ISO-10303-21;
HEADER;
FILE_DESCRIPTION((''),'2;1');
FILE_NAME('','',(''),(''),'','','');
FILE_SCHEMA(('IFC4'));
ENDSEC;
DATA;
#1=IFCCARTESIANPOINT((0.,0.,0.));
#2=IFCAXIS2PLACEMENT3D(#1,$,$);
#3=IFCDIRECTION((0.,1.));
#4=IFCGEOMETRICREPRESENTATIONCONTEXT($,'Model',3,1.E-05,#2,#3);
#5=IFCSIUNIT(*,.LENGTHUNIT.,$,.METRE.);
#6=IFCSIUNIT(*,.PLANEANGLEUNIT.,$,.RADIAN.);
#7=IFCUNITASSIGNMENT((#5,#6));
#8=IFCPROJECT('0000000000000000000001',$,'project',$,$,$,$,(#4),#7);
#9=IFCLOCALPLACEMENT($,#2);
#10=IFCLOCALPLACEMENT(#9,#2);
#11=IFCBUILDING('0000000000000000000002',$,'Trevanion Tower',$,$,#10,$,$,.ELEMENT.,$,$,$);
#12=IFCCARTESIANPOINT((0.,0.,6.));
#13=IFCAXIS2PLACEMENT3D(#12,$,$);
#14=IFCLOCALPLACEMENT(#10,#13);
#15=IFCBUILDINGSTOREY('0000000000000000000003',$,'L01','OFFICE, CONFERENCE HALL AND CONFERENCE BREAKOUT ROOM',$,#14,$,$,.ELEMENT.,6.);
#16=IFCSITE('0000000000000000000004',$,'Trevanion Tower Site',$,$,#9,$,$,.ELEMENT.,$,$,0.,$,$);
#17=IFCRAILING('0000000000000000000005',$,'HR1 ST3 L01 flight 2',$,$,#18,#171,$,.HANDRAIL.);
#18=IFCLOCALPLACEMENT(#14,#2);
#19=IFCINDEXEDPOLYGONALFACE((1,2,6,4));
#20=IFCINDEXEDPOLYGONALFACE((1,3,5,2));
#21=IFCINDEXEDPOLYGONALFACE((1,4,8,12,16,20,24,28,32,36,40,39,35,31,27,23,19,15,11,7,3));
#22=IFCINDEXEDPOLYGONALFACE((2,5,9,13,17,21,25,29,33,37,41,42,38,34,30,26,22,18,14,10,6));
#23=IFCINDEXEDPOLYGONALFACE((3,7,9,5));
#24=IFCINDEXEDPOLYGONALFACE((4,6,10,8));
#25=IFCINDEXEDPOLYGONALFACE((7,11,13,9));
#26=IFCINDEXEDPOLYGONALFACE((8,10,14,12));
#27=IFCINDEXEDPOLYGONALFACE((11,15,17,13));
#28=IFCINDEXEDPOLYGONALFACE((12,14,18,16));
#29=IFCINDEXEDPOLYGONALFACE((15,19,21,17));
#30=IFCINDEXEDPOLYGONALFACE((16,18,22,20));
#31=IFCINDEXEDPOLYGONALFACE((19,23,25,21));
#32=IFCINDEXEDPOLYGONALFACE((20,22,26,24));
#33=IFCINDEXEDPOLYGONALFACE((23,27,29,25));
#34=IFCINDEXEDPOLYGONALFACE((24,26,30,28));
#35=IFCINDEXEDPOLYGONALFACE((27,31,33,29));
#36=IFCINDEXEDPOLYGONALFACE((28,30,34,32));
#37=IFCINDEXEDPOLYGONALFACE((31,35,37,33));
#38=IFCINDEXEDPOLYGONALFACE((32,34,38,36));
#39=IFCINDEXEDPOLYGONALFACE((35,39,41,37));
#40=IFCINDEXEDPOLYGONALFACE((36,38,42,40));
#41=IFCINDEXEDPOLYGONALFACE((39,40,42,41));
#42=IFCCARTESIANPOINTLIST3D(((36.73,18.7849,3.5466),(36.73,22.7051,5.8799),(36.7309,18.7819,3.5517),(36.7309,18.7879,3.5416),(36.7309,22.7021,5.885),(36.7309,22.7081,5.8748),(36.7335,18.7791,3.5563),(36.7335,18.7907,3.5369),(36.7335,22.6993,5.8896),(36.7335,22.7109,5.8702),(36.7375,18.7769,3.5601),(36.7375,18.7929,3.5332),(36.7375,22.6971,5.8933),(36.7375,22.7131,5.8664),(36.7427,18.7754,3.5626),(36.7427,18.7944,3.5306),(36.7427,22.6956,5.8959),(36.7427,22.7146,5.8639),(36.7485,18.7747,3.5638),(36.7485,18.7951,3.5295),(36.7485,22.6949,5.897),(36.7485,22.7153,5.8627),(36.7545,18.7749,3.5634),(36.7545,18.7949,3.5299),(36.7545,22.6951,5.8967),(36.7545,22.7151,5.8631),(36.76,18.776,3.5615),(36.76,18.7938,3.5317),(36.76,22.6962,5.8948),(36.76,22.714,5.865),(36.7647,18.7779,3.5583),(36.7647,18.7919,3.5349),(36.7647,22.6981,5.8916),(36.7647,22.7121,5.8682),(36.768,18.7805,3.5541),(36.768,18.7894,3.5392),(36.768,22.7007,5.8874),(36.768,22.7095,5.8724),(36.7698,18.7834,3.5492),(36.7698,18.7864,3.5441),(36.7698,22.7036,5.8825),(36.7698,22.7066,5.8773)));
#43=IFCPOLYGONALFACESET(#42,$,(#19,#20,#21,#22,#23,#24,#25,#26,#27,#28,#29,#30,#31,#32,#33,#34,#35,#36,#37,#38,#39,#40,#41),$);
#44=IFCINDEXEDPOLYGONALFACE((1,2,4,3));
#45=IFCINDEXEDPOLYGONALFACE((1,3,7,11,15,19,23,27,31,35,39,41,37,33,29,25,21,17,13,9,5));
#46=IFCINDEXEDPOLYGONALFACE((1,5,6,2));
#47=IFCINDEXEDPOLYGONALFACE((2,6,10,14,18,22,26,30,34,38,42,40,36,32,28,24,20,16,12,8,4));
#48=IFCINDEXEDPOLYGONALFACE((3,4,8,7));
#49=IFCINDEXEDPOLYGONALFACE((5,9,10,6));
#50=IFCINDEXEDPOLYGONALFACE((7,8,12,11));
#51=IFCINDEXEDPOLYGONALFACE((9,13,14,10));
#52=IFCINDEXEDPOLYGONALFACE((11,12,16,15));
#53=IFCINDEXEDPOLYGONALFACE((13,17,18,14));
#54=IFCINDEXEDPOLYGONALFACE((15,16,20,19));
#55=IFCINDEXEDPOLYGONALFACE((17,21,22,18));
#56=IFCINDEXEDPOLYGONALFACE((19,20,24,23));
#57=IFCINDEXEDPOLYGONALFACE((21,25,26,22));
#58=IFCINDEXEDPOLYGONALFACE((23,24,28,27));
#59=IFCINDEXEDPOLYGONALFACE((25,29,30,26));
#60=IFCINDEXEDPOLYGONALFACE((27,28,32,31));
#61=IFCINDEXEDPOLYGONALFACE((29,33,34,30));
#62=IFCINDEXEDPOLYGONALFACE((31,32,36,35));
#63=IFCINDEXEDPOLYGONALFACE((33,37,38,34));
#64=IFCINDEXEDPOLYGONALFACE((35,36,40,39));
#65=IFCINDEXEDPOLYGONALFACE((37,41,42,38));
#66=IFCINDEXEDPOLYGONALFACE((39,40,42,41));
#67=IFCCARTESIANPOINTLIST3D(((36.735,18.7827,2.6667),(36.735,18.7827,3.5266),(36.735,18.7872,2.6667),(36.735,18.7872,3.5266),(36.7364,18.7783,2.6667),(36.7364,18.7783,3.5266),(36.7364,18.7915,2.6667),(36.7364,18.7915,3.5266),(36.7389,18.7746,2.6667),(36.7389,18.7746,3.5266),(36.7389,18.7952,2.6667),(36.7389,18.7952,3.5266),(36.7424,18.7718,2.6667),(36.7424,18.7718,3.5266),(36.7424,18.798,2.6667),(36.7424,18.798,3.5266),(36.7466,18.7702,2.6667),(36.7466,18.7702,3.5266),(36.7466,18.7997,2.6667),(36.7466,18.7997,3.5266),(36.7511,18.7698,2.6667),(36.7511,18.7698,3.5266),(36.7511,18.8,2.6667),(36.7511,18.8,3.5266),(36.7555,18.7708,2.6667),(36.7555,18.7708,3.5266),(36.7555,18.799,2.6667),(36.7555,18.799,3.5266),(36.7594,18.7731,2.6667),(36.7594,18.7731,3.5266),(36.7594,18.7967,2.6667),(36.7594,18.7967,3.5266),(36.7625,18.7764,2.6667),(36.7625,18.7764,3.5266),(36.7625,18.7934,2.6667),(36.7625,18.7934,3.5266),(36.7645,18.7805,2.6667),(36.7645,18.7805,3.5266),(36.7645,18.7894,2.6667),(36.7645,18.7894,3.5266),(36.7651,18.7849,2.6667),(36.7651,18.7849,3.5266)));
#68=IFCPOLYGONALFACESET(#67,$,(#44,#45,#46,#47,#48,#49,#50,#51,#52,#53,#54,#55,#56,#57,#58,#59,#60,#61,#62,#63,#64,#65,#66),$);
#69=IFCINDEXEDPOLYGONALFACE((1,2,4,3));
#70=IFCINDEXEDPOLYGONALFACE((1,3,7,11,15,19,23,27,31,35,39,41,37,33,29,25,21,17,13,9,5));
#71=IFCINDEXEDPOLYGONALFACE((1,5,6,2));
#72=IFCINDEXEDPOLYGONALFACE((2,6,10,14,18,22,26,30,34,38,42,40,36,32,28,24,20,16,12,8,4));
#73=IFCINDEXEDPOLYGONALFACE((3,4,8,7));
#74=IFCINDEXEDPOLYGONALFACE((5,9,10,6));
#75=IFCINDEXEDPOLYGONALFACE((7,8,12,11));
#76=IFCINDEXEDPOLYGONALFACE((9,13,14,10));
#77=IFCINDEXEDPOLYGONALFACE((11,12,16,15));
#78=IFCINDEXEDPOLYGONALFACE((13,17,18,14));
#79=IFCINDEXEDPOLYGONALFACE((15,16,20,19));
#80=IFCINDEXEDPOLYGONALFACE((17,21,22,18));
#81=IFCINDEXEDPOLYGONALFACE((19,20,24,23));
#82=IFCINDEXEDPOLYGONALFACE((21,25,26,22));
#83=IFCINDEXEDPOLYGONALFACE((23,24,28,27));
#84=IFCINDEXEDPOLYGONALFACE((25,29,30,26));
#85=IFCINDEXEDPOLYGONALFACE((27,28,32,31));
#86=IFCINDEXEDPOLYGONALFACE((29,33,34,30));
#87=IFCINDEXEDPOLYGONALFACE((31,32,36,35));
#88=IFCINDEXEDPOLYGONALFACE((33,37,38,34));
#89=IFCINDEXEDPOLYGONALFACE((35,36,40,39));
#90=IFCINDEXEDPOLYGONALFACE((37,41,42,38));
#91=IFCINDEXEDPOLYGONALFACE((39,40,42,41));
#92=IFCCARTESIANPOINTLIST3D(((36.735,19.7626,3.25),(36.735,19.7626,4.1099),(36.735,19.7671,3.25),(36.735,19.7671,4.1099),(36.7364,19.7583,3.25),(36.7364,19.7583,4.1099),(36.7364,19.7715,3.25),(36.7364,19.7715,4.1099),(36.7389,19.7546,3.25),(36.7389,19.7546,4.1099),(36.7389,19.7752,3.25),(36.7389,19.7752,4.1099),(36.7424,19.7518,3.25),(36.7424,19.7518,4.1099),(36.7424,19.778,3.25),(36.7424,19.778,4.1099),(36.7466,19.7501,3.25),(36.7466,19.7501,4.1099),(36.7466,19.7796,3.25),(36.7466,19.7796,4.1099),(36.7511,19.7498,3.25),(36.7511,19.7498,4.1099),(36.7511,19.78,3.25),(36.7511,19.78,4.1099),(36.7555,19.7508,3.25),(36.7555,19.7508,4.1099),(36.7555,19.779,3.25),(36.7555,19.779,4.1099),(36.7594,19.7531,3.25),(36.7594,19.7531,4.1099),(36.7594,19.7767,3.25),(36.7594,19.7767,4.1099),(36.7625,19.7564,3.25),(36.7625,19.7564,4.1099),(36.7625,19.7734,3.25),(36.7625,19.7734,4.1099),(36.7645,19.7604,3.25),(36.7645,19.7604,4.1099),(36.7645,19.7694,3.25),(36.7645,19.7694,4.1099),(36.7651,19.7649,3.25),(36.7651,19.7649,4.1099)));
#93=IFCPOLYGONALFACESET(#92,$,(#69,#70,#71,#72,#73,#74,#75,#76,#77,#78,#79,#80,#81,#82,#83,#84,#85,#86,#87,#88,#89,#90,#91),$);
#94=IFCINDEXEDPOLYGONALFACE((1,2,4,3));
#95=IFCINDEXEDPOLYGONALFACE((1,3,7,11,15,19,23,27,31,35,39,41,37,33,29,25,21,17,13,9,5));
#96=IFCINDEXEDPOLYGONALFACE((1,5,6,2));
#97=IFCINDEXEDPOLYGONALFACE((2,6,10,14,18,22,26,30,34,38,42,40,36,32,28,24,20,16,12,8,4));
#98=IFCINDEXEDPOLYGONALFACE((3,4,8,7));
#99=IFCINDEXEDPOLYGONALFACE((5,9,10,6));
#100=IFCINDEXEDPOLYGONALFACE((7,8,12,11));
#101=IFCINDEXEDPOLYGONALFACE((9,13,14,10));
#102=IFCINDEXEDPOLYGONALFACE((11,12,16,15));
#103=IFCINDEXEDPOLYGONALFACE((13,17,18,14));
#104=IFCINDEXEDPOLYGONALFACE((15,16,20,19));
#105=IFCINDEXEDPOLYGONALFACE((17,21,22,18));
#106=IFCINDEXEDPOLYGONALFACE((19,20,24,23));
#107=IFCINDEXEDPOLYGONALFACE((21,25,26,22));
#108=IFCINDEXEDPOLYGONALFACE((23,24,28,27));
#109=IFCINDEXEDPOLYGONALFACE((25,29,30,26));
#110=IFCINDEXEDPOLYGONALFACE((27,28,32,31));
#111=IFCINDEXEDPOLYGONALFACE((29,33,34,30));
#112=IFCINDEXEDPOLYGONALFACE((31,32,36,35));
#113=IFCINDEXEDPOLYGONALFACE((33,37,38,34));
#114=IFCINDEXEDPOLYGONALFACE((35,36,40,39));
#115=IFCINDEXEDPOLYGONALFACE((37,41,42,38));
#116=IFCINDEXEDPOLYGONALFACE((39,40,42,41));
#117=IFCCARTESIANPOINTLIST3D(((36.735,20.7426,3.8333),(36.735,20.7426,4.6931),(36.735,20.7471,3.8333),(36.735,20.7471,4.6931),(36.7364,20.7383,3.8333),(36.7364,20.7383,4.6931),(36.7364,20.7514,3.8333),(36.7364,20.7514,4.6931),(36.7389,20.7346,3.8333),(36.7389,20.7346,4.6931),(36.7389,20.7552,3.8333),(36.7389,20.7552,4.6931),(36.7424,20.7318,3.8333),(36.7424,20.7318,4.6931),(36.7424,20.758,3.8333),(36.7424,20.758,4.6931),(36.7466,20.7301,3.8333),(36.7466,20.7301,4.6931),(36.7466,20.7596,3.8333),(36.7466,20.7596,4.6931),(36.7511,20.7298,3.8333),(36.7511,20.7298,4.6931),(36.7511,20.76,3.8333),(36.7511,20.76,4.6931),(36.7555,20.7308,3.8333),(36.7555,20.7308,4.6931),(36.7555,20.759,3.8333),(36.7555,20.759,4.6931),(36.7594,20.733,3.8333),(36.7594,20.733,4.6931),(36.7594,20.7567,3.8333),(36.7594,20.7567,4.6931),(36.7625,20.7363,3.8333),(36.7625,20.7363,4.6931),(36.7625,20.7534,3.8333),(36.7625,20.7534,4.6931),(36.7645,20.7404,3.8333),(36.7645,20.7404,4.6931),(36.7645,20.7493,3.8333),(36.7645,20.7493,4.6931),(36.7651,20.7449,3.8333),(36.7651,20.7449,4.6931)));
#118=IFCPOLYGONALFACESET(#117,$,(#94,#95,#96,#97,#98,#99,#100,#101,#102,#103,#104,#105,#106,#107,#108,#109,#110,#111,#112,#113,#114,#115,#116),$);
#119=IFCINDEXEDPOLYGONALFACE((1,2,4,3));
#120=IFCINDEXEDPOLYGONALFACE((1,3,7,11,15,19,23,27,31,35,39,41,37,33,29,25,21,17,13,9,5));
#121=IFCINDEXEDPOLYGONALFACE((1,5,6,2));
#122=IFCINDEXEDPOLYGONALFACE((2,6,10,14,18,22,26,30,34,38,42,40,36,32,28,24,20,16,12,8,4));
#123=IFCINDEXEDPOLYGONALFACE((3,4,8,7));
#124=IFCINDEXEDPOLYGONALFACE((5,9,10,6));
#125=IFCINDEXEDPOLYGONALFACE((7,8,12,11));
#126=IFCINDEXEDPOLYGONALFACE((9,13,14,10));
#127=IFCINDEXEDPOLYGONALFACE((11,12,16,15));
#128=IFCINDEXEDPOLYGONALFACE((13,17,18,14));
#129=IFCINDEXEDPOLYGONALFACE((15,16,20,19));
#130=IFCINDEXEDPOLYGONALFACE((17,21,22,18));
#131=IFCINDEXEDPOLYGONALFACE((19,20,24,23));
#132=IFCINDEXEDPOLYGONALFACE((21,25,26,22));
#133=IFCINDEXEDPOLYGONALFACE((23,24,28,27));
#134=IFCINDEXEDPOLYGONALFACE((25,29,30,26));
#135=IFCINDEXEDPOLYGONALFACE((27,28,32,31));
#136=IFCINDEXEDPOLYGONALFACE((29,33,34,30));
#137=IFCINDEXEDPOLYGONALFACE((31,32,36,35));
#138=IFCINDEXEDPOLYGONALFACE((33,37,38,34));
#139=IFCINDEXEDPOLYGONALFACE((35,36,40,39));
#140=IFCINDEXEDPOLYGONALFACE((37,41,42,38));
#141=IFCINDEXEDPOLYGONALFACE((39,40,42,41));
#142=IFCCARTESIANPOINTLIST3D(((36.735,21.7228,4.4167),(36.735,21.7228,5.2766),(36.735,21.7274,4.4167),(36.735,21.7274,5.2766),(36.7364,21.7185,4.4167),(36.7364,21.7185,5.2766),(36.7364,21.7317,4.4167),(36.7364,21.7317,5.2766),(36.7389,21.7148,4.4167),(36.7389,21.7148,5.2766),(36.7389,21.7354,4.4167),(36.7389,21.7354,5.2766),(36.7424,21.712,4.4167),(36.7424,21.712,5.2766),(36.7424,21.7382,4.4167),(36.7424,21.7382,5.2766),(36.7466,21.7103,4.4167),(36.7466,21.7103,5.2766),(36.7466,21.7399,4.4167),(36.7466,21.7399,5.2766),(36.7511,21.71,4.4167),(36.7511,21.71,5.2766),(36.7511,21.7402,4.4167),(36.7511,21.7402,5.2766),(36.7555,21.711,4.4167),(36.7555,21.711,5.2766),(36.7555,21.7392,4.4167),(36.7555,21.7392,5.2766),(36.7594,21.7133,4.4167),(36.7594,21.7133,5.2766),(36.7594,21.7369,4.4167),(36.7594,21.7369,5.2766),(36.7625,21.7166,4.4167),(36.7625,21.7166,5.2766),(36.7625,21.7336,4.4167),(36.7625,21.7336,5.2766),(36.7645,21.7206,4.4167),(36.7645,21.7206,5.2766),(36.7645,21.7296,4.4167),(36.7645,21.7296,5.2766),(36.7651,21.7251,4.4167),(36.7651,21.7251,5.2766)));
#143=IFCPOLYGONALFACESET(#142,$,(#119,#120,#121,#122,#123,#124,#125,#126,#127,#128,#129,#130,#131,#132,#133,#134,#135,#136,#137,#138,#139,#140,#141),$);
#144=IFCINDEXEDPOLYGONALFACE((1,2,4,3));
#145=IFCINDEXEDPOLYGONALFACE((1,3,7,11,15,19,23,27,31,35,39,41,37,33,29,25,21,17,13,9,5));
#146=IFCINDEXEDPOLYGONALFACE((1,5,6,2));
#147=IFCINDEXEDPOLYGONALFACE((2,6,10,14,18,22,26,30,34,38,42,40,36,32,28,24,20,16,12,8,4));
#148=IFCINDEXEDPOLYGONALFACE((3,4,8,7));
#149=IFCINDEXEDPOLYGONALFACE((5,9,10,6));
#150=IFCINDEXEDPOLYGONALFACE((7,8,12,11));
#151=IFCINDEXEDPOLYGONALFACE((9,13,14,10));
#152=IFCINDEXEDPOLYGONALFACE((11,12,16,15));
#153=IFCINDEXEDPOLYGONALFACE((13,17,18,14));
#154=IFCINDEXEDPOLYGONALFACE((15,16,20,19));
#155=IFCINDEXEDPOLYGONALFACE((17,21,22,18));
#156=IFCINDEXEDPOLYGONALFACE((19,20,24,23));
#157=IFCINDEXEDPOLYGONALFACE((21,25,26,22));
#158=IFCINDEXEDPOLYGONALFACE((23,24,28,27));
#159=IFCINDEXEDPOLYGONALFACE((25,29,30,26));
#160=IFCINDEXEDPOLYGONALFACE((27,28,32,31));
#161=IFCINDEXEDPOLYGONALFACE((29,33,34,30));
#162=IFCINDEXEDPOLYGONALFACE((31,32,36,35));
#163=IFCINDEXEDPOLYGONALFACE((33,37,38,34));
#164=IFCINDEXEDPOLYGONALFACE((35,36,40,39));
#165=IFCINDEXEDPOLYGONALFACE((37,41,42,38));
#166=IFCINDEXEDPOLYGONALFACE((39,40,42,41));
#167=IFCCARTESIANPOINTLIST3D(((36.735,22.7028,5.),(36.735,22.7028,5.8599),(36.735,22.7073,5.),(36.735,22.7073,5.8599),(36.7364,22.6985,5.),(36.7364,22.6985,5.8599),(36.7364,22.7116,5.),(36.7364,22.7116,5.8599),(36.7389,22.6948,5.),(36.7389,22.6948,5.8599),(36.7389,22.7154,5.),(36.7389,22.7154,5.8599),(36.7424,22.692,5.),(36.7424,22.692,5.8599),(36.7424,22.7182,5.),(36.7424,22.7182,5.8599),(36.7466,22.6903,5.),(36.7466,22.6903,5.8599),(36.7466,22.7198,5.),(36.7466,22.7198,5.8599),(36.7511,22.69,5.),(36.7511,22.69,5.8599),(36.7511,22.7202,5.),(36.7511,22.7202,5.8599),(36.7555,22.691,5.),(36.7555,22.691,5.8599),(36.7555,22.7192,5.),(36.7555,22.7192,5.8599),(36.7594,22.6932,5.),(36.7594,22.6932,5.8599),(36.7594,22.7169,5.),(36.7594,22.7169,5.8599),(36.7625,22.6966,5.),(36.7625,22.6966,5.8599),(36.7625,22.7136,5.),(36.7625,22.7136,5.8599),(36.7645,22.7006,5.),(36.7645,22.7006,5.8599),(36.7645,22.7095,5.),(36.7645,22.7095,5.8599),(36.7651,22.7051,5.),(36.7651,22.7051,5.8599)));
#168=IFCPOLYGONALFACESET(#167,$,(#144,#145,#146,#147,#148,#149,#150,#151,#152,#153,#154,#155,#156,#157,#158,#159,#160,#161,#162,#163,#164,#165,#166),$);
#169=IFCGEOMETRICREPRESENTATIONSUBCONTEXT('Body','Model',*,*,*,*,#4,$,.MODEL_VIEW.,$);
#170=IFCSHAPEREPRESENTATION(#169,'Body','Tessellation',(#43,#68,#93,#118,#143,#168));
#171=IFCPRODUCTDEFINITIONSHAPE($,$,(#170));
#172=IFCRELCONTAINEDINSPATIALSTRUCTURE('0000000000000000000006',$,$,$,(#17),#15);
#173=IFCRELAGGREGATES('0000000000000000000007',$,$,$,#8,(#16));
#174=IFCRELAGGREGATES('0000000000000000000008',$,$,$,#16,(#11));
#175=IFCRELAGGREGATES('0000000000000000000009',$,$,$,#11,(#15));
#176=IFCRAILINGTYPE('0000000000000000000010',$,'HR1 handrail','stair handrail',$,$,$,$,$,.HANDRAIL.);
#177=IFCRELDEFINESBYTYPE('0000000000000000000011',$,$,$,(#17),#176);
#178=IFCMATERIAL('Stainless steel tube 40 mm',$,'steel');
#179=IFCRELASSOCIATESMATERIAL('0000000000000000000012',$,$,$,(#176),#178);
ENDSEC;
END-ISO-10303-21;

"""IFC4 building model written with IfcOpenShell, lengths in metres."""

from ifc_helpers import new_model, si_unit, direction, frame, origin, origin_2d, place, context, subcontext, project, spatial, circle, extrude, material, type_object, element, save


model = new_model("IFC4")

# Units and contexts
model_context = context("Model", 3, precision=1e-05, world=origin(), true_north=direction((0.0, 1.0)))
body_context = subcontext(model_context, "Body", "Model", "MODEL_VIEW")
ifc_project = project(units=[si_unit("LENGTHUNIT", "METRE"), si_unit("PLANEANGLEUNIT", "RADIAN")], contexts=[model_context])

# Site, building, storey
site_placement = place(None, origin())
site = spatial("IfcSite", under=ifc_project, at=site_placement, Name="Trevanion Tower Site", CompositionType="ELEMENT", RefElevation=0.0)
building_placement = place(site_placement, origin())
building = spatial("IfcBuilding", under=site, at=building_placement, Name="Trevanion Tower", CompositionType="ELEMENT")
storey_placement = place(building_placement, frame((0.0, 0.0, 6.0)))
storey = spatial("IfcBuildingStorey", under=building, at=storey_placement, Name="L01", Description="OFFICE, CONFERENCE HALL AND CONFERENCE BREAKOUT ROOM", CompositionType="ELEMENT", Elevation=6.0)

# Railing
ifc_material_1 = material(Name="Stainless steel tube 40 mm", Category="steel")
railing_type_1 = type_object("IfcRailingType", Name="HR1 handrail", Description="stair handrail", PredefinedType="HANDRAIL", material=ifc_material_1)
for number, where, name in (
    (1, (36.75, 18.7849, 2.6667), "HR1 ST3 L01 flight 2"),
):
    element("IfcRailing", number, at=place(storey_placement, frame(where)), inside=storey, type_object=railing_type_1, Name=name, PredefinedType="HANDRAIL", context=body_context, shape_type="SweptSolid", body=[
        extrude(circle(Radius=0.02, at=origin_2d()), frame((0.0, 0.0, 0.8799), z_axis=(0.0, 0.85931, 0.511455), x_axis=(-1.0, 0.0, 0.0)), (0.0, 0.0, 1.0), 4.562),
        extrude(circle(Radius=0.0151, at=origin_2d()), origin(), (0.0, 0.0, 1.0), 0.8599),
        extrude(circle(Radius=0.0151, at=origin_2d()), frame((0.0, 0.98, 0.5833)), (0.0, 0.0, 1.0), 0.8599),
        extrude(circle(Radius=0.0151, at=origin_2d()), frame((0.0, 1.96, 1.1665)), (0.0, 0.0, 1.0), 0.8599),
        extrude(circle(Radius=0.0151, at=origin_2d()), frame((0.0, 2.9402, 1.75)), (0.0, 0.0, 1.0), 0.8599),
        extrude(circle(Radius=0.0151, at=origin_2d()), frame((0.0, 3.9202, 2.3333)), (0.0, 0.0, 1.0), 0.8599),
    ])

save(model, "model.ifc")
